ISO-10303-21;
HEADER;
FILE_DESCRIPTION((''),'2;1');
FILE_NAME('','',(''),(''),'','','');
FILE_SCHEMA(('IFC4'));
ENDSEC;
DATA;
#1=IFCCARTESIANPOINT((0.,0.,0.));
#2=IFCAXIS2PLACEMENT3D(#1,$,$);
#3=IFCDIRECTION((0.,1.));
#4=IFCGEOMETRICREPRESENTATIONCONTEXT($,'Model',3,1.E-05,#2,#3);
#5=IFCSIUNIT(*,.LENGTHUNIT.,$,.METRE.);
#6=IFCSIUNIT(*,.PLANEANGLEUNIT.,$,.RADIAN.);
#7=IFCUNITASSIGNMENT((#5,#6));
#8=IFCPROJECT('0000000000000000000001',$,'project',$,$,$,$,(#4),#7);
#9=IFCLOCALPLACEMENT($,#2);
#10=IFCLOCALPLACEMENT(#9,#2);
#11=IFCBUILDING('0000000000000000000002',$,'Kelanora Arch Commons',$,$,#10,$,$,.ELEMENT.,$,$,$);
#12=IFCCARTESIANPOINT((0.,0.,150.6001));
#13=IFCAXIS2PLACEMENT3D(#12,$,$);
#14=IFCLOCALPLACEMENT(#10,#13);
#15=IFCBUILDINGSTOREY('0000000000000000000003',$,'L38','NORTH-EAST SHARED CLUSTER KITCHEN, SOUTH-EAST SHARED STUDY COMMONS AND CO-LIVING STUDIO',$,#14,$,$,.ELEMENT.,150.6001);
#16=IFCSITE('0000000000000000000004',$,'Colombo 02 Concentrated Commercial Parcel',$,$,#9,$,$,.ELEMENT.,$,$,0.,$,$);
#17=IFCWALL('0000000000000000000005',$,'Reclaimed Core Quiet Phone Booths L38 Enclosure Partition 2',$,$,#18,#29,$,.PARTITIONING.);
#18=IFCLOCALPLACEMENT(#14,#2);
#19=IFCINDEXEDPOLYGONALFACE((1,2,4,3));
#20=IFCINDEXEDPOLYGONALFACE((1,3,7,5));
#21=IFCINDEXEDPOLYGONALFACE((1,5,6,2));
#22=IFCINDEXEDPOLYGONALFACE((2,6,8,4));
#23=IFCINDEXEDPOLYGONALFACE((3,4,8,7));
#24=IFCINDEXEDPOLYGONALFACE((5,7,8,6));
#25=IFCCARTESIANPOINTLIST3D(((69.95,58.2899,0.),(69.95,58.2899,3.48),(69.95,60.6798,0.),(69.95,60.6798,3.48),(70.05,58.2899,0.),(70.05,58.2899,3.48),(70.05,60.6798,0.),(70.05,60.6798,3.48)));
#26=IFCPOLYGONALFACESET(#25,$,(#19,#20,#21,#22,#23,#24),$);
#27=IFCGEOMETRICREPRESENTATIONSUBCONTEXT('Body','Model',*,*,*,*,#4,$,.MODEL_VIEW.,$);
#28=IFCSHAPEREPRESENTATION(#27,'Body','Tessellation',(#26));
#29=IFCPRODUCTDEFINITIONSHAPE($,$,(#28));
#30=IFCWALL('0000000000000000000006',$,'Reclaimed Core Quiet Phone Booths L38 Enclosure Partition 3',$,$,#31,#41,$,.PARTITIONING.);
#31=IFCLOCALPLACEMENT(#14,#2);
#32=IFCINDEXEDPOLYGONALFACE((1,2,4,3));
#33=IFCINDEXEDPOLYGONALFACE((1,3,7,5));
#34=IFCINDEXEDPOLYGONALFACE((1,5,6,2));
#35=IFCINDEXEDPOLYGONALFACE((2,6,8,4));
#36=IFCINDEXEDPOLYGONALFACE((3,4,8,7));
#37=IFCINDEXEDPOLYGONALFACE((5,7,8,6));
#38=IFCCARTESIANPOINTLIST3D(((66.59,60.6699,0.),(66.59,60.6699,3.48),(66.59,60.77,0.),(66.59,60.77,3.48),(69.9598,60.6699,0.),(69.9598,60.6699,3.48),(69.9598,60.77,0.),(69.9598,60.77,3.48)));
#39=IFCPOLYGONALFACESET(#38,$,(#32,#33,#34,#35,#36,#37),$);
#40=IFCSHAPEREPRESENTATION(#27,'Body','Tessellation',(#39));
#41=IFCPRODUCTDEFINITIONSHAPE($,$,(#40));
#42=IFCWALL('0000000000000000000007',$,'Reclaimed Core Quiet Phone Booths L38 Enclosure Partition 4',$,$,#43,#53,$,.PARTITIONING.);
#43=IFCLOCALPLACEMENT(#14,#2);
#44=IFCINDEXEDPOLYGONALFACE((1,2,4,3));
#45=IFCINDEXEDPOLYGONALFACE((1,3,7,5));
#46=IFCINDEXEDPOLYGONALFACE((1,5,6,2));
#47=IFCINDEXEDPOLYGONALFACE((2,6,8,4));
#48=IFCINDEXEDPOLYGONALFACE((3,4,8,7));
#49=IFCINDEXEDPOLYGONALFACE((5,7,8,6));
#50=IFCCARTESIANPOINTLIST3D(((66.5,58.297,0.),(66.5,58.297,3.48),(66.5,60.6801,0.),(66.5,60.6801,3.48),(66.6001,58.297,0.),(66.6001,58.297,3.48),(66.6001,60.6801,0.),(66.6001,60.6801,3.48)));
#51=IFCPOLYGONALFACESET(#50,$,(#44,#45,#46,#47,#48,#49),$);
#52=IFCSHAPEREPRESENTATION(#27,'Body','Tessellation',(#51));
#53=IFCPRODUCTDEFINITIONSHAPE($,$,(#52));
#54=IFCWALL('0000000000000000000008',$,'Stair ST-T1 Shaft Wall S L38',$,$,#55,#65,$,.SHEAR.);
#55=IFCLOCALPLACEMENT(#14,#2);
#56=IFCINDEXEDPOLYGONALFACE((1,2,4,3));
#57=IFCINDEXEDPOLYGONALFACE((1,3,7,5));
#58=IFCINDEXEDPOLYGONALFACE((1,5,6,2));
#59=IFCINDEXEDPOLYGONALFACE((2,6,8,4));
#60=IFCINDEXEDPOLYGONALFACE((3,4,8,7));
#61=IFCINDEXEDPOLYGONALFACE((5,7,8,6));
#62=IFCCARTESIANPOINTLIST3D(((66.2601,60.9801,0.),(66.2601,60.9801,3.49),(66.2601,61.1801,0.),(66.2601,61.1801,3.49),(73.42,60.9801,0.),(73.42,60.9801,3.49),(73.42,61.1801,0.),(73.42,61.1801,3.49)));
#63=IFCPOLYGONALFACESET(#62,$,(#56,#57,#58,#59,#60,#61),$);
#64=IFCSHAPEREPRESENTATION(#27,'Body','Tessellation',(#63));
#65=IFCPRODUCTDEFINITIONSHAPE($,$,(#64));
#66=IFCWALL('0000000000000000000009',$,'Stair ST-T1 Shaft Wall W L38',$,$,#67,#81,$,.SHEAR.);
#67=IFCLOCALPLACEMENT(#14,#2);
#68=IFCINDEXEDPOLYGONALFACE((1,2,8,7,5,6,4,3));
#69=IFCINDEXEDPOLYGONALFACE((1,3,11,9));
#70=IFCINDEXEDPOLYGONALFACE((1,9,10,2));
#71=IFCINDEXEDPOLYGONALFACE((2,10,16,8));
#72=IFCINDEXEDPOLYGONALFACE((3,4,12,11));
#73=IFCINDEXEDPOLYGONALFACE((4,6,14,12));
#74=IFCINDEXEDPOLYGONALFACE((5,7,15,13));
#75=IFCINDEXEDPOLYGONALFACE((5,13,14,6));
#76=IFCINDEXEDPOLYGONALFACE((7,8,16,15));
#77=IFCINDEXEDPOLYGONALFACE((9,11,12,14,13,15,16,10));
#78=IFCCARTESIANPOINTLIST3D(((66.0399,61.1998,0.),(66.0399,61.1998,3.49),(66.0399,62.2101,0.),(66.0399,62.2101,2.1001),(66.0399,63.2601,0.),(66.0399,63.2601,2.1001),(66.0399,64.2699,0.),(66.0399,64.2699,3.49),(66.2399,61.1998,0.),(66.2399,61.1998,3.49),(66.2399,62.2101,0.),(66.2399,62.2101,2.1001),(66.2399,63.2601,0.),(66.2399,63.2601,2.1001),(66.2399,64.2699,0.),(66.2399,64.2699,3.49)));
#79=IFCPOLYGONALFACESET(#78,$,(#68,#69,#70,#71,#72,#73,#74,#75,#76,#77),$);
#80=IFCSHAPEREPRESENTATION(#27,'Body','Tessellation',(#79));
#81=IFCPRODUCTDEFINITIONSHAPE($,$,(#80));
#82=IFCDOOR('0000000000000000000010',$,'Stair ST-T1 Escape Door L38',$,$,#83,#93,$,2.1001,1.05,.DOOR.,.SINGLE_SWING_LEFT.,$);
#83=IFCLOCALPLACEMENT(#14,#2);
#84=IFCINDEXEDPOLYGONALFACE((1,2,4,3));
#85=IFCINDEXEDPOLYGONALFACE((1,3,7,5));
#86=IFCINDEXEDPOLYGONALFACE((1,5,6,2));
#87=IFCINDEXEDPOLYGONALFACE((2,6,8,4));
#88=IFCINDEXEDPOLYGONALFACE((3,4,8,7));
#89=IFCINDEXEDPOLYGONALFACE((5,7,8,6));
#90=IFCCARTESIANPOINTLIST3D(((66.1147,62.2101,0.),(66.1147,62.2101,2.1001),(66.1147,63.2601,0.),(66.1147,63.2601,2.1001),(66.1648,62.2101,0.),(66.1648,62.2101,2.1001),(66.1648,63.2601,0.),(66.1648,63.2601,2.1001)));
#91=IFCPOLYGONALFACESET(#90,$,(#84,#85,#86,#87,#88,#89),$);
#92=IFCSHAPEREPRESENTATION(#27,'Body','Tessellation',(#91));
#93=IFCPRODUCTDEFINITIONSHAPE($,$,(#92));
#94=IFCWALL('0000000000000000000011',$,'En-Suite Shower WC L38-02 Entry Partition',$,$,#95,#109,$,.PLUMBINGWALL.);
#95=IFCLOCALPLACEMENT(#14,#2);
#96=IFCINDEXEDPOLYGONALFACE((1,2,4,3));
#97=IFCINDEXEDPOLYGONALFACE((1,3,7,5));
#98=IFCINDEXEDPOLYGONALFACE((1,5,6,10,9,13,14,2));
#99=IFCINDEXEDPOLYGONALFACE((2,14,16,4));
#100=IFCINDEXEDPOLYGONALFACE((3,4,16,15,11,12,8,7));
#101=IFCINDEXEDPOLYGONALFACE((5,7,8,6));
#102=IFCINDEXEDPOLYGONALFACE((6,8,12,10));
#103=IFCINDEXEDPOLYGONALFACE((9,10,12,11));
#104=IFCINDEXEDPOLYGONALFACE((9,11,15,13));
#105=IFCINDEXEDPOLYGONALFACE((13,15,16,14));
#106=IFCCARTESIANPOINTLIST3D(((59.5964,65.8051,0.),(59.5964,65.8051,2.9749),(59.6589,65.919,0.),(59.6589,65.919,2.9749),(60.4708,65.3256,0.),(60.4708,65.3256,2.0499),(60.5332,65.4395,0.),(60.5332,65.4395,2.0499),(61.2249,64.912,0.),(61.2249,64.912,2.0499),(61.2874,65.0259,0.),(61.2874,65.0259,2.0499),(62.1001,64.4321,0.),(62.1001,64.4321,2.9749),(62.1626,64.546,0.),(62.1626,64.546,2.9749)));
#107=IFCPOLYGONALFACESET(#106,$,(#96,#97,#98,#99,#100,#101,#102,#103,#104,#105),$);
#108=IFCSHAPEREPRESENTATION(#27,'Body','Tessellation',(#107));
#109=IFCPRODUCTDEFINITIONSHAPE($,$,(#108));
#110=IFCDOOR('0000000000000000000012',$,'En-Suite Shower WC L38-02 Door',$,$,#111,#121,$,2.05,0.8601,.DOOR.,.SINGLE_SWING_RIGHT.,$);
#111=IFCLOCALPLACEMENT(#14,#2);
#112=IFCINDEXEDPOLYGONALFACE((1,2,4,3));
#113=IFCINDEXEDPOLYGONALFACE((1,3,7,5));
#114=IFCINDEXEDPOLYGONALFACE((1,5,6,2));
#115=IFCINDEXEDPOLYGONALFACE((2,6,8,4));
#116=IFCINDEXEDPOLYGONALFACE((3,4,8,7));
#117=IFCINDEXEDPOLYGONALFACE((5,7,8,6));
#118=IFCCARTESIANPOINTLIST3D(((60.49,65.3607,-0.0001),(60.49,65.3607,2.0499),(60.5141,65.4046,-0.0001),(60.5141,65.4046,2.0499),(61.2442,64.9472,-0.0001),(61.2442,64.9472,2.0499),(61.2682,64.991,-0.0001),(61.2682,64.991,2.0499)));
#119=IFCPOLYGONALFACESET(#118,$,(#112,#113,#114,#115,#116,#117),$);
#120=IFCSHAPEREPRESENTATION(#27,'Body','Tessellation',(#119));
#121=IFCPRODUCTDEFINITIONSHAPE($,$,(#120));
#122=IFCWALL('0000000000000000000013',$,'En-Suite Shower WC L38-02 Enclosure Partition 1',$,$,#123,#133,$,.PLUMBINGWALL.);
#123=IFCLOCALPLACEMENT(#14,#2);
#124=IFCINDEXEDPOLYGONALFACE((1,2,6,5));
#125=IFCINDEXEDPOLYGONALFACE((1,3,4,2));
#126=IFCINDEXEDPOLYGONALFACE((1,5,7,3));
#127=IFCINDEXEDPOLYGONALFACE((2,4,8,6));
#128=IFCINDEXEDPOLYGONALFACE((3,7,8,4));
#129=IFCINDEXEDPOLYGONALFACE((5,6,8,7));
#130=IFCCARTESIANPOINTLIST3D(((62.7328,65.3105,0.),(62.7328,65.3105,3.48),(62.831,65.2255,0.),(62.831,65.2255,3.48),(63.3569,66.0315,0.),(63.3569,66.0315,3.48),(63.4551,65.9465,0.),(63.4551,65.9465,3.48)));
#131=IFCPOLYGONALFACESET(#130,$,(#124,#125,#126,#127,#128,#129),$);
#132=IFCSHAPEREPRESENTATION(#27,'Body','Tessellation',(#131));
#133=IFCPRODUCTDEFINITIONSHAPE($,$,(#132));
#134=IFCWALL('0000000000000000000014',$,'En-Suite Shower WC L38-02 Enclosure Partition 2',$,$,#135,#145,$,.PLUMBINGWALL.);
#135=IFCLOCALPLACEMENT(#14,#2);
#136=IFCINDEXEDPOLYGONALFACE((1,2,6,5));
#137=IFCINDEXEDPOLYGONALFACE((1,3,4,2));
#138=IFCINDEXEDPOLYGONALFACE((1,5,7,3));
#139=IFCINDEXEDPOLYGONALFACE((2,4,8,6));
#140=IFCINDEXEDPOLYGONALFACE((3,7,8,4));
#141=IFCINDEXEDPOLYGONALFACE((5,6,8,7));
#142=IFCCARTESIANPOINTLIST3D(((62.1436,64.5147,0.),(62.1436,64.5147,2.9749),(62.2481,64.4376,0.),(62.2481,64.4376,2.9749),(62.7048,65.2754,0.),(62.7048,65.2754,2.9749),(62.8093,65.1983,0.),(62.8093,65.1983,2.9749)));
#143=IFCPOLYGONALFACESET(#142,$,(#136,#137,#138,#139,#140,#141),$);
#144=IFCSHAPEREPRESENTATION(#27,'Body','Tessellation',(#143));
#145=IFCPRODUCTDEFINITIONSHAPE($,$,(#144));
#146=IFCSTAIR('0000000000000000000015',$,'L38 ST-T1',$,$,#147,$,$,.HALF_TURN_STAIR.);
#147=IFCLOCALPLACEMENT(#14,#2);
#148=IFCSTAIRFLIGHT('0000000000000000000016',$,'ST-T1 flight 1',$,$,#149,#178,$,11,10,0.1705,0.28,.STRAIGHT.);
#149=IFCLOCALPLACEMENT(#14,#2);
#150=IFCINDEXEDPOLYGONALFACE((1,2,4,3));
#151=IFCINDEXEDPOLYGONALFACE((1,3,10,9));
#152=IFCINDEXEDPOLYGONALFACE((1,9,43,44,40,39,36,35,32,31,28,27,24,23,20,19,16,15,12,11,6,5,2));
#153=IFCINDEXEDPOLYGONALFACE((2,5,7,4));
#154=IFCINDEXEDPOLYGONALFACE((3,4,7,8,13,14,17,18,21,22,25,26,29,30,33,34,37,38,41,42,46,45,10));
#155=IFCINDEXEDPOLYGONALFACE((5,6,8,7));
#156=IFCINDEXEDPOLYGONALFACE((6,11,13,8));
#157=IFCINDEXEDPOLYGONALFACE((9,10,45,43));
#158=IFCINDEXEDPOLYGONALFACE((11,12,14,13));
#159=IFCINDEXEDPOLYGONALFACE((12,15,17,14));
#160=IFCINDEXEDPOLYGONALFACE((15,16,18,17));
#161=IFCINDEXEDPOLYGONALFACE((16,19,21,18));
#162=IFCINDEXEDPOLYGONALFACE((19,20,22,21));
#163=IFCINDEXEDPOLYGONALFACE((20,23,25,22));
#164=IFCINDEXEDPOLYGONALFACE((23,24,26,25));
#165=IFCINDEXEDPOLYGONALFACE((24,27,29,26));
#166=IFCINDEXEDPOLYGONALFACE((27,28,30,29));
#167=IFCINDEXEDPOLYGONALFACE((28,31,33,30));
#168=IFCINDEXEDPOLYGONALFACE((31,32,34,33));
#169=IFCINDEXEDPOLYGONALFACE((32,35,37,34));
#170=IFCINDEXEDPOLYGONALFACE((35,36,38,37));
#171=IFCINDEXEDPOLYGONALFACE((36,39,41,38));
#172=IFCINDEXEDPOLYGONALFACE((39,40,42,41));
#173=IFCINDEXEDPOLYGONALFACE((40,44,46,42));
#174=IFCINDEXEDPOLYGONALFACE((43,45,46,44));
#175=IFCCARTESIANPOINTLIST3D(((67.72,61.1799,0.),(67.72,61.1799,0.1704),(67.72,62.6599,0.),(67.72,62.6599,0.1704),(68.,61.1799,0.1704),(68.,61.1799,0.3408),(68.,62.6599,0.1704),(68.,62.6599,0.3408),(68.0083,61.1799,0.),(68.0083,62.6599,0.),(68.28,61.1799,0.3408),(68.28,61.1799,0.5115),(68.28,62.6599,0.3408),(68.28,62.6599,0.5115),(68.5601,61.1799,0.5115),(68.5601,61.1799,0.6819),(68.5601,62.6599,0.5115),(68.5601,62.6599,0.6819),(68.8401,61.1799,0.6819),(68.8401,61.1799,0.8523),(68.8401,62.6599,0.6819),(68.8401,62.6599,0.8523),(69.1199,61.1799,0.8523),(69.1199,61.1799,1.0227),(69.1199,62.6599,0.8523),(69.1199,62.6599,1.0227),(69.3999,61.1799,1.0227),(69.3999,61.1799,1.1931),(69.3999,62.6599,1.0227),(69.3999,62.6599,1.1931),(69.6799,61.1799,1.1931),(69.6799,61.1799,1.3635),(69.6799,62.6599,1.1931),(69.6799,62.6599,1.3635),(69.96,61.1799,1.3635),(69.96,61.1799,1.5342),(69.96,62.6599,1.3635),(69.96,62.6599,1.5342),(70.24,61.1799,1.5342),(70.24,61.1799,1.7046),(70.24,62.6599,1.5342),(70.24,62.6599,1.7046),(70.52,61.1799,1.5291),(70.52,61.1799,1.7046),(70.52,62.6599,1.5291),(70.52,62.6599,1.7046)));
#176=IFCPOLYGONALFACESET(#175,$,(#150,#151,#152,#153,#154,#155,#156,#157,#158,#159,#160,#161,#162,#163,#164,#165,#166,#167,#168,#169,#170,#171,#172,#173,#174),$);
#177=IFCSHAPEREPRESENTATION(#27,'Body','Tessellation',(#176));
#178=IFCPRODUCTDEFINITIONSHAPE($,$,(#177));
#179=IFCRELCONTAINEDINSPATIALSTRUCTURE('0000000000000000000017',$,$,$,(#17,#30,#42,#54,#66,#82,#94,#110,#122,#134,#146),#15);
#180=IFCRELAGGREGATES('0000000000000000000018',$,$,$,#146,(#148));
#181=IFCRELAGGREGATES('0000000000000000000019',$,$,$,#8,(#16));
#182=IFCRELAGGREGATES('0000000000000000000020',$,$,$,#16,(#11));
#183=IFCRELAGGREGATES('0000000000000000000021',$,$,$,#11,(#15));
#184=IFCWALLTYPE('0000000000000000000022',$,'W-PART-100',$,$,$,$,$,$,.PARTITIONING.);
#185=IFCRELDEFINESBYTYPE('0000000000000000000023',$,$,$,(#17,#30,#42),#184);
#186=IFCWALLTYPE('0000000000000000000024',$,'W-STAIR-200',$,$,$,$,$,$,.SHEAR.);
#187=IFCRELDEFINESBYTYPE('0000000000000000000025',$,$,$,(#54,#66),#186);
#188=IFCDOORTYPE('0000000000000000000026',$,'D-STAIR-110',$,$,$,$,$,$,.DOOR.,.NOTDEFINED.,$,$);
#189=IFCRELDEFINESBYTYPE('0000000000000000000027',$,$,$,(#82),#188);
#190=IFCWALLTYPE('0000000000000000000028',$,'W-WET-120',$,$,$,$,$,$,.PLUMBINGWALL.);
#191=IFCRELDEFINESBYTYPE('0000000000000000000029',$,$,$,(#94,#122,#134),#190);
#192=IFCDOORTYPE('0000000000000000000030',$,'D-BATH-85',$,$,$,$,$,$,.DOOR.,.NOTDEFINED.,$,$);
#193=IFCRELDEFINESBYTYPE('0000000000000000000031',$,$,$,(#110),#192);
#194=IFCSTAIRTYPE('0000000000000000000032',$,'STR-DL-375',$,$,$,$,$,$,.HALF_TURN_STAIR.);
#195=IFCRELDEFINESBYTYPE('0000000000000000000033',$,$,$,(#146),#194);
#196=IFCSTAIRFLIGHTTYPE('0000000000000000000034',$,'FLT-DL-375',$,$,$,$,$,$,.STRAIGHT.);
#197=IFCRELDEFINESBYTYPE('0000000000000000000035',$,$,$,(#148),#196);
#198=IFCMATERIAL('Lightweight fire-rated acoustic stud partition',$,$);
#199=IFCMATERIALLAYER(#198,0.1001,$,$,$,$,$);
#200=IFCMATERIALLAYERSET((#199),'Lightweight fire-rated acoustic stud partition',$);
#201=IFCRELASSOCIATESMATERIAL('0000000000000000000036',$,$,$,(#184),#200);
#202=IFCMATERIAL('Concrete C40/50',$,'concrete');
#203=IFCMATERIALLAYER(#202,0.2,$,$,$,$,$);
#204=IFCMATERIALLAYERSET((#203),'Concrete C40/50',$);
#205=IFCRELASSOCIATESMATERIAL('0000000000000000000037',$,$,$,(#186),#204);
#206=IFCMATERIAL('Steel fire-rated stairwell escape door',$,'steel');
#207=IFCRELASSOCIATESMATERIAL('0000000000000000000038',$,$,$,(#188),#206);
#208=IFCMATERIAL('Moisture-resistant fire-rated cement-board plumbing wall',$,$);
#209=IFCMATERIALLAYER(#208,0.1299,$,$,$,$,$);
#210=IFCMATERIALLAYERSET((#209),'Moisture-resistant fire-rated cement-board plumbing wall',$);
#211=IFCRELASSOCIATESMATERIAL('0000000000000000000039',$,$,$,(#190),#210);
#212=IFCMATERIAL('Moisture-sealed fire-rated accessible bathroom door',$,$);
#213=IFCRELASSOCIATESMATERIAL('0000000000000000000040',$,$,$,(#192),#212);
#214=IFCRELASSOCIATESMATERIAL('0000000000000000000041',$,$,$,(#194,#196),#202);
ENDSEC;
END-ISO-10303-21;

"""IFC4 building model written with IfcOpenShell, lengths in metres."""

from ifc_helpers import new_model, si_unit, direction, frame, frame_2d, origin, place, context, subcontext, project, spatial, polyline, rectangle, outline, extrude, material, layer, layer_set, type_object, element, fill, aggregate, save


model = new_model("IFC4")

# Units and contexts
model_context = context("Model", 3, precision=1e-05, world=origin(), true_north=direction((0.0, 1.0)))
body_context = subcontext(model_context, "Body", "Model", "MODEL_VIEW")
ifc_project = project(units=[si_unit("LENGTHUNIT", "METRE"), si_unit("PLANEANGLEUNIT", "RADIAN")], contexts=[model_context])

# Site, building, storey
site_placement = place(None, origin())
site = spatial("IfcSite", under=ifc_project, at=site_placement, Name="Colombo 02 Concentrated Commercial Parcel", CompositionType="ELEMENT", RefElevation=0.0)
building_placement = place(site_placement, origin())
building = spatial("IfcBuilding", under=site, at=building_placement, Name="Kelanora Arch Commons", CompositionType="ELEMENT")
storey_placement = place(building_placement, frame((0.0, 0.0, 150.6001)))
storey = spatial("IfcBuildingStorey", under=building, at=storey_placement, Name="L38", Description="NORTH-EAST SHARED CLUSTER KITCHEN, SOUTH-EAST SHARED STUDY COMMONS AND CO-LIVING STUDIO", CompositionType="ELEMENT", Elevation=150.6001)

# Walls
ifc_material_1 = material(Name="Lightweight fire-rated acoustic stud partition")
ifc_layer_1 = layer(ifc_material_1, 0.1001)
ifc_layer_set_1 = layer_set([ifc_layer_1], Name="Lightweight fire-rated acoustic stud partition")
wall_type_1 = type_object("IfcWallType", Name="W-PART-100", PredefinedType="PARTITIONING", material=ifc_layer_set_1)
wall_1_placement = place(storey_placement, frame((70.0, 58.29, 0.0), z_axis=(0.0, 0.0, 1.0), x_axis=(0.0, 1.0, 0.0)))
element("IfcWall", 1, at=wall_1_placement, inside=storey, type_object=wall_type_1, Name="Reclaimed Core Quiet Phone Booths L38 Enclosure Partition 2", PredefinedType="PARTITIONING", context=body_context, shape_type="SweptSolid", body=[
    extrude(rectangle(XDim=2.3899, YDim=0.1001, at=frame_2d((1.1948, 0.0))), origin(), (0.0, 0.0, 1.0), 3.48),
])
wall_2_placement = place(storey_placement, frame((69.96, 60.72, 0.0), z_axis=(0.0, 0.0, 1.0), x_axis=(-1.0, 0.0, 0.0)))
element("IfcWall", 2, at=wall_2_placement, inside=storey, type_object=wall_type_1, Name="Reclaimed Core Quiet Phone Booths L38 Enclosure Partition 3", PredefinedType="PARTITIONING", context=body_context, shape_type="SweptSolid", body=[
    extrude(rectangle(XDim=3.3699, YDim=0.1001, at=frame_2d((1.6851, 0.0))), origin(), (0.0, 0.0, 1.0), 3.48),
])
wall_3_placement = place(storey_placement, frame((66.55, 60.6799, 0.0), z_axis=(0.0, 0.0, 1.0), x_axis=(0.0, -1.0, 0.0)))
element("IfcWall", 3, at=wall_3_placement, inside=storey, type_object=wall_type_1, Name="Reclaimed Core Quiet Phone Booths L38 Enclosure Partition 4", PredefinedType="PARTITIONING", context=body_context, shape_type="SweptSolid", body=[
    extrude(rectangle(XDim=2.3831, YDim=0.1001, at=frame_2d((1.1914, 0.0))), origin(), (0.0, 0.0, 1.0), 3.48),
])
ifc_material_2 = material(Name="Concrete C40/50", Category="concrete")
ifc_layer_2 = layer(ifc_material_2, 0.2)
ifc_layer_set_2 = layer_set([ifc_layer_2], Name="Concrete C40/50")
wall_type_2 = type_object("IfcWallType", Name="W-STAIR-200", PredefinedType="SHEAR", material=ifc_layer_set_2)
wall_4_placement = place(storey_placement, frame((66.26, 61.0801, 0.0), z_axis=(0.0, 0.0, 1.0), x_axis=(1.0, 0.0, 0.0)))
element("IfcWall", 4, at=wall_4_placement, inside=storey, type_object=wall_type_2, Name="Stair ST-T1 Shaft Wall S L38", PredefinedType="SHEAR", context=body_context, shape_type="SweptSolid", body=[
    extrude(rectangle(XDim=7.1599, YDim=0.2, at=frame_2d((3.5801, 0.0))), origin(), (0.0, 0.0, 1.0), 3.49),
])

# Walls, openings, doors
wall_5_placement = place(storey_placement, frame((66.1399, 64.27, 0.0), z_axis=(0.0, 0.0, 1.0), x_axis=(0.0, -1.0, 0.0)))
wall_5 = element("IfcWall", 5, at=wall_5_placement, inside=storey, type_object=wall_type_2, Name="Stair ST-T1 Shaft Wall W L38", PredefinedType="SHEAR", context=body_context, shape_type="SweptSolid", body=[
    extrude(rectangle(XDim=3.0701, YDim=0.2, at=frame_2d((1.5352, 0.0))), origin(), (0.0, 0.0, 1.0), 3.49),
])
opening_1_placement = place(wall_5_placement, frame((1.01, 0.0, 0.0)))
opening_1 = element("IfcOpeningElement", 6, at=opening_1_placement, cuts=wall_5, PredefinedType="OPENING", context=body_context, shape_type="SweptSolid", body=[
    extrude(rectangle(XDim=1.05, YDim=2.1001, at=frame_2d((0.5249, 1.05))), frame((0.0, 0.1099, 0.0), z_axis=(0.0, -1.0, 0.0), x_axis=(1.0, 0.0, 0.0)), (0.0, 0.0, 1.0), 0.22),
])
ifc_material_3 = material(Name="Steel fire-rated stairwell escape door", Category="steel")
door_type_1 = type_object("IfcDoorType", Name="D-STAIR-110", OperationType="NOTDEFINED", PredefinedType="DOOR", material=ifc_material_3)
door_1_placement = place(opening_1_placement, origin())
door_1 = element("IfcDoor", 7, at=door_1_placement, inside=storey, type_object=door_type_1, Name="Stair ST-T1 Escape Door L38", OperationType="SINGLE_SWING_LEFT", OverallHeight=2.1001, OverallWidth=1.05, PredefinedType="DOOR", context=body_context, shape_type="SweptSolid", body=[
    extrude(rectangle(XDim=1.05, YDim=2.1001, at=frame_2d((0.5249, 1.05))), frame((0.0, 0.0249, 0.0), z_axis=(0.0, -1.0, 0.0), x_axis=(1.0, 0.0, 0.0)), (0.0, 0.0, 1.0), 0.05),
])
fill(opening_1, door_1)
ifc_material_4 = material(Name="Moisture-resistant fire-rated cement-board plumbing wall")
ifc_layer_3 = layer(ifc_material_4, 0.1299)
ifc_layer_set_3 = layer_set([ifc_layer_3], Name="Moisture-resistant fire-rated cement-board plumbing wall")
wall_type_3 = type_object("IfcWallType", Name="W-WET-120", PredefinedType="PLUMBINGWALL", material=ifc_layer_set_3)
wall_6_placement = place(storey_placement, frame((62.1313, 64.489, 0.0), z_axis=(0.0, 0.0, 1.0), x_axis=(-0.876802, 0.480852, 0.0)))
wall_6 = element("IfcWall", 8, at=wall_6_placement, inside=storey, type_object=wall_type_3, Name="En-Suite Shower WC L38-02 Entry Partition", PredefinedType="PLUMBINGWALL", context=body_context, shape_type="SweptSolid", body=[
    extrude(rectangle(XDim=2.8555, YDim=0.1299, at=frame_2d((1.4277, 0.0))), origin(), (0.0, 0.0, 1.0), 2.9749),
])
opening_2_placement = place(wall_6_placement, frame((0.998, 0.0, 0.0)))
opening_2 = element("IfcOpeningElement", 9, at=opening_2_placement, cuts=wall_6, PredefinedType="OPENING", context=body_context, shape_type="SweptSolid", body=[
    extrude(rectangle(XDim=0.8601, YDim=2.05, at=frame_2d((0.4302, 1.0249))), frame((0.0, 0.075, 0.0), z_axis=(0.0, -1.0, 0.0), x_axis=(1.0, 0.0, 0.0)), (0.0, 0.0, 1.0), 0.1499),
])
ifc_material_5 = material(Name="Moisture-sealed fire-rated accessible bathroom door")
door_type_2 = type_object("IfcDoorType", Name="D-BATH-85", OperationType="NOTDEFINED", PredefinedType="DOOR", material=ifc_material_5)
door_2_placement = place(opening_2_placement, origin())
door_2 = element("IfcDoor", 10, at=door_2_placement, inside=storey, type_object=door_type_2, Name="En-Suite Shower WC L38-02 Door", OperationType="SINGLE_SWING_RIGHT", OverallHeight=2.05, OverallWidth=0.8601, PredefinedType="DOOR", context=body_context, shape_type="SweptSolid", body=[
    extrude(rectangle(XDim=0.8601, YDim=2.05, at=frame_2d((0.4302, 1.0249))), frame((0.0, 0.0249, 0.0), z_axis=(0.0, -1.0, 0.0), x_axis=(1.0, 0.0, 0.0)), (0.0, 0.0, 1.0), 0.05),
])
fill(opening_2, door_2)

# Walls
wall_7_placement = place(storey_placement, frame((63.406, 65.989, 0.0), z_axis=(0.0, 0.0, 1.0), x_axis=(-0.654453, -0.756103, 0.0)))
element("IfcWall", 11, at=wall_7_placement, inside=storey, type_object=wall_type_3, Name="En-Suite Shower WC L38-02 Enclosure Partition 1", PredefinedType="PLUMBINGWALL", context=body_context, shape_type="SweptSolid", body=[
    extrude(rectangle(XDim=0.9536, YDim=0.1299, at=frame_2d((0.4768, 0.0))), origin(), (0.0, 0.0, 1.0), 3.48),
])
wall_8_placement = place(storey_placement, frame((62.7571, 65.2368, 0.0), z_axis=(0.0, 0.0, 1.0), x_axis=(-0.593701, -0.804686, 0.0)))
element("IfcWall", 12, at=wall_8_placement, inside=storey, type_object=wall_type_3, Name="En-Suite Shower WC L38-02 Enclosure Partition 2", PredefinedType="PLUMBINGWALL", context=body_context, shape_type="SweptSolid", body=[
    extrude(rectangle(XDim=0.9453, YDim=0.1299, at=frame_2d((0.4727, 0.0))), origin(), (0.0, 0.0, 1.0), 2.9749),
])

# Stair, stair flight
stair_type = type_object("IfcStairType", Name="STR-DL-375", PredefinedType="HALF_TURN_STAIR", material=ifc_material_2)
stair_placement = place(storey_placement, origin())
stair = element("IfcStair", 13, at=stair_placement, inside=storey, type_object=stair_type, Name="L38 ST-T1", PredefinedType="HALF_TURN_STAIR")
stair_flight_type = type_object("IfcStairFlightType", Name="FLT-DL-375", PredefinedType="STRAIGHT", material=ifc_material_2)
stair_flight_1_placement = place(storey_placement, frame((67.72, 61.9199, 0.0), z_axis=(0.0, 0.0, 1.0), x_axis=(1.0, 0.0, 0.0)))
stair_flight_1 = element("IfcStairFlight", 14, at=stair_flight_1_placement, type_object=stair_flight_type, Name="ST-T1 flight 1", NumberOfRisers=11, NumberOfTreads=10, PredefinedType="STRAIGHT", RiserHeight=0.1705, TreadLength=0.28, context=body_context, shape_type="SweptSolid", body=[
    extrude(outline(polyline([(0.0, 0.0), (0.0, 0.1704), (0.28, 0.1704), (0.28, 0.3408), (0.5601, 0.3408), (0.5601, 0.5115), (0.8401, 0.5115), (0.8401, 0.6819), (1.1201, 0.6819), (1.1201, 0.8523), (1.3999, 0.8523), (1.3999, 1.0227), (1.6799, 1.0227), (1.6799, 1.1931), (1.96, 1.1931), (1.96, 1.3635), (2.24, 1.3635), (2.24, 1.5342), (2.52, 1.5342), (2.52, 1.7046), (2.8, 1.7046), (2.8, 1.875), (2.8, 1.5291), (0.2883, 0.0), (0.0, 0.0)])), frame((0.0, 0.74, 0.0), z_axis=(0.0, -1.0, 0.0), x_axis=(1.0, 0.0, 0.0)), (0.0, 0.0, 1.0), 1.48),
])
aggregate(stair, [stair_flight_1])

save(model, "model.ifc")
